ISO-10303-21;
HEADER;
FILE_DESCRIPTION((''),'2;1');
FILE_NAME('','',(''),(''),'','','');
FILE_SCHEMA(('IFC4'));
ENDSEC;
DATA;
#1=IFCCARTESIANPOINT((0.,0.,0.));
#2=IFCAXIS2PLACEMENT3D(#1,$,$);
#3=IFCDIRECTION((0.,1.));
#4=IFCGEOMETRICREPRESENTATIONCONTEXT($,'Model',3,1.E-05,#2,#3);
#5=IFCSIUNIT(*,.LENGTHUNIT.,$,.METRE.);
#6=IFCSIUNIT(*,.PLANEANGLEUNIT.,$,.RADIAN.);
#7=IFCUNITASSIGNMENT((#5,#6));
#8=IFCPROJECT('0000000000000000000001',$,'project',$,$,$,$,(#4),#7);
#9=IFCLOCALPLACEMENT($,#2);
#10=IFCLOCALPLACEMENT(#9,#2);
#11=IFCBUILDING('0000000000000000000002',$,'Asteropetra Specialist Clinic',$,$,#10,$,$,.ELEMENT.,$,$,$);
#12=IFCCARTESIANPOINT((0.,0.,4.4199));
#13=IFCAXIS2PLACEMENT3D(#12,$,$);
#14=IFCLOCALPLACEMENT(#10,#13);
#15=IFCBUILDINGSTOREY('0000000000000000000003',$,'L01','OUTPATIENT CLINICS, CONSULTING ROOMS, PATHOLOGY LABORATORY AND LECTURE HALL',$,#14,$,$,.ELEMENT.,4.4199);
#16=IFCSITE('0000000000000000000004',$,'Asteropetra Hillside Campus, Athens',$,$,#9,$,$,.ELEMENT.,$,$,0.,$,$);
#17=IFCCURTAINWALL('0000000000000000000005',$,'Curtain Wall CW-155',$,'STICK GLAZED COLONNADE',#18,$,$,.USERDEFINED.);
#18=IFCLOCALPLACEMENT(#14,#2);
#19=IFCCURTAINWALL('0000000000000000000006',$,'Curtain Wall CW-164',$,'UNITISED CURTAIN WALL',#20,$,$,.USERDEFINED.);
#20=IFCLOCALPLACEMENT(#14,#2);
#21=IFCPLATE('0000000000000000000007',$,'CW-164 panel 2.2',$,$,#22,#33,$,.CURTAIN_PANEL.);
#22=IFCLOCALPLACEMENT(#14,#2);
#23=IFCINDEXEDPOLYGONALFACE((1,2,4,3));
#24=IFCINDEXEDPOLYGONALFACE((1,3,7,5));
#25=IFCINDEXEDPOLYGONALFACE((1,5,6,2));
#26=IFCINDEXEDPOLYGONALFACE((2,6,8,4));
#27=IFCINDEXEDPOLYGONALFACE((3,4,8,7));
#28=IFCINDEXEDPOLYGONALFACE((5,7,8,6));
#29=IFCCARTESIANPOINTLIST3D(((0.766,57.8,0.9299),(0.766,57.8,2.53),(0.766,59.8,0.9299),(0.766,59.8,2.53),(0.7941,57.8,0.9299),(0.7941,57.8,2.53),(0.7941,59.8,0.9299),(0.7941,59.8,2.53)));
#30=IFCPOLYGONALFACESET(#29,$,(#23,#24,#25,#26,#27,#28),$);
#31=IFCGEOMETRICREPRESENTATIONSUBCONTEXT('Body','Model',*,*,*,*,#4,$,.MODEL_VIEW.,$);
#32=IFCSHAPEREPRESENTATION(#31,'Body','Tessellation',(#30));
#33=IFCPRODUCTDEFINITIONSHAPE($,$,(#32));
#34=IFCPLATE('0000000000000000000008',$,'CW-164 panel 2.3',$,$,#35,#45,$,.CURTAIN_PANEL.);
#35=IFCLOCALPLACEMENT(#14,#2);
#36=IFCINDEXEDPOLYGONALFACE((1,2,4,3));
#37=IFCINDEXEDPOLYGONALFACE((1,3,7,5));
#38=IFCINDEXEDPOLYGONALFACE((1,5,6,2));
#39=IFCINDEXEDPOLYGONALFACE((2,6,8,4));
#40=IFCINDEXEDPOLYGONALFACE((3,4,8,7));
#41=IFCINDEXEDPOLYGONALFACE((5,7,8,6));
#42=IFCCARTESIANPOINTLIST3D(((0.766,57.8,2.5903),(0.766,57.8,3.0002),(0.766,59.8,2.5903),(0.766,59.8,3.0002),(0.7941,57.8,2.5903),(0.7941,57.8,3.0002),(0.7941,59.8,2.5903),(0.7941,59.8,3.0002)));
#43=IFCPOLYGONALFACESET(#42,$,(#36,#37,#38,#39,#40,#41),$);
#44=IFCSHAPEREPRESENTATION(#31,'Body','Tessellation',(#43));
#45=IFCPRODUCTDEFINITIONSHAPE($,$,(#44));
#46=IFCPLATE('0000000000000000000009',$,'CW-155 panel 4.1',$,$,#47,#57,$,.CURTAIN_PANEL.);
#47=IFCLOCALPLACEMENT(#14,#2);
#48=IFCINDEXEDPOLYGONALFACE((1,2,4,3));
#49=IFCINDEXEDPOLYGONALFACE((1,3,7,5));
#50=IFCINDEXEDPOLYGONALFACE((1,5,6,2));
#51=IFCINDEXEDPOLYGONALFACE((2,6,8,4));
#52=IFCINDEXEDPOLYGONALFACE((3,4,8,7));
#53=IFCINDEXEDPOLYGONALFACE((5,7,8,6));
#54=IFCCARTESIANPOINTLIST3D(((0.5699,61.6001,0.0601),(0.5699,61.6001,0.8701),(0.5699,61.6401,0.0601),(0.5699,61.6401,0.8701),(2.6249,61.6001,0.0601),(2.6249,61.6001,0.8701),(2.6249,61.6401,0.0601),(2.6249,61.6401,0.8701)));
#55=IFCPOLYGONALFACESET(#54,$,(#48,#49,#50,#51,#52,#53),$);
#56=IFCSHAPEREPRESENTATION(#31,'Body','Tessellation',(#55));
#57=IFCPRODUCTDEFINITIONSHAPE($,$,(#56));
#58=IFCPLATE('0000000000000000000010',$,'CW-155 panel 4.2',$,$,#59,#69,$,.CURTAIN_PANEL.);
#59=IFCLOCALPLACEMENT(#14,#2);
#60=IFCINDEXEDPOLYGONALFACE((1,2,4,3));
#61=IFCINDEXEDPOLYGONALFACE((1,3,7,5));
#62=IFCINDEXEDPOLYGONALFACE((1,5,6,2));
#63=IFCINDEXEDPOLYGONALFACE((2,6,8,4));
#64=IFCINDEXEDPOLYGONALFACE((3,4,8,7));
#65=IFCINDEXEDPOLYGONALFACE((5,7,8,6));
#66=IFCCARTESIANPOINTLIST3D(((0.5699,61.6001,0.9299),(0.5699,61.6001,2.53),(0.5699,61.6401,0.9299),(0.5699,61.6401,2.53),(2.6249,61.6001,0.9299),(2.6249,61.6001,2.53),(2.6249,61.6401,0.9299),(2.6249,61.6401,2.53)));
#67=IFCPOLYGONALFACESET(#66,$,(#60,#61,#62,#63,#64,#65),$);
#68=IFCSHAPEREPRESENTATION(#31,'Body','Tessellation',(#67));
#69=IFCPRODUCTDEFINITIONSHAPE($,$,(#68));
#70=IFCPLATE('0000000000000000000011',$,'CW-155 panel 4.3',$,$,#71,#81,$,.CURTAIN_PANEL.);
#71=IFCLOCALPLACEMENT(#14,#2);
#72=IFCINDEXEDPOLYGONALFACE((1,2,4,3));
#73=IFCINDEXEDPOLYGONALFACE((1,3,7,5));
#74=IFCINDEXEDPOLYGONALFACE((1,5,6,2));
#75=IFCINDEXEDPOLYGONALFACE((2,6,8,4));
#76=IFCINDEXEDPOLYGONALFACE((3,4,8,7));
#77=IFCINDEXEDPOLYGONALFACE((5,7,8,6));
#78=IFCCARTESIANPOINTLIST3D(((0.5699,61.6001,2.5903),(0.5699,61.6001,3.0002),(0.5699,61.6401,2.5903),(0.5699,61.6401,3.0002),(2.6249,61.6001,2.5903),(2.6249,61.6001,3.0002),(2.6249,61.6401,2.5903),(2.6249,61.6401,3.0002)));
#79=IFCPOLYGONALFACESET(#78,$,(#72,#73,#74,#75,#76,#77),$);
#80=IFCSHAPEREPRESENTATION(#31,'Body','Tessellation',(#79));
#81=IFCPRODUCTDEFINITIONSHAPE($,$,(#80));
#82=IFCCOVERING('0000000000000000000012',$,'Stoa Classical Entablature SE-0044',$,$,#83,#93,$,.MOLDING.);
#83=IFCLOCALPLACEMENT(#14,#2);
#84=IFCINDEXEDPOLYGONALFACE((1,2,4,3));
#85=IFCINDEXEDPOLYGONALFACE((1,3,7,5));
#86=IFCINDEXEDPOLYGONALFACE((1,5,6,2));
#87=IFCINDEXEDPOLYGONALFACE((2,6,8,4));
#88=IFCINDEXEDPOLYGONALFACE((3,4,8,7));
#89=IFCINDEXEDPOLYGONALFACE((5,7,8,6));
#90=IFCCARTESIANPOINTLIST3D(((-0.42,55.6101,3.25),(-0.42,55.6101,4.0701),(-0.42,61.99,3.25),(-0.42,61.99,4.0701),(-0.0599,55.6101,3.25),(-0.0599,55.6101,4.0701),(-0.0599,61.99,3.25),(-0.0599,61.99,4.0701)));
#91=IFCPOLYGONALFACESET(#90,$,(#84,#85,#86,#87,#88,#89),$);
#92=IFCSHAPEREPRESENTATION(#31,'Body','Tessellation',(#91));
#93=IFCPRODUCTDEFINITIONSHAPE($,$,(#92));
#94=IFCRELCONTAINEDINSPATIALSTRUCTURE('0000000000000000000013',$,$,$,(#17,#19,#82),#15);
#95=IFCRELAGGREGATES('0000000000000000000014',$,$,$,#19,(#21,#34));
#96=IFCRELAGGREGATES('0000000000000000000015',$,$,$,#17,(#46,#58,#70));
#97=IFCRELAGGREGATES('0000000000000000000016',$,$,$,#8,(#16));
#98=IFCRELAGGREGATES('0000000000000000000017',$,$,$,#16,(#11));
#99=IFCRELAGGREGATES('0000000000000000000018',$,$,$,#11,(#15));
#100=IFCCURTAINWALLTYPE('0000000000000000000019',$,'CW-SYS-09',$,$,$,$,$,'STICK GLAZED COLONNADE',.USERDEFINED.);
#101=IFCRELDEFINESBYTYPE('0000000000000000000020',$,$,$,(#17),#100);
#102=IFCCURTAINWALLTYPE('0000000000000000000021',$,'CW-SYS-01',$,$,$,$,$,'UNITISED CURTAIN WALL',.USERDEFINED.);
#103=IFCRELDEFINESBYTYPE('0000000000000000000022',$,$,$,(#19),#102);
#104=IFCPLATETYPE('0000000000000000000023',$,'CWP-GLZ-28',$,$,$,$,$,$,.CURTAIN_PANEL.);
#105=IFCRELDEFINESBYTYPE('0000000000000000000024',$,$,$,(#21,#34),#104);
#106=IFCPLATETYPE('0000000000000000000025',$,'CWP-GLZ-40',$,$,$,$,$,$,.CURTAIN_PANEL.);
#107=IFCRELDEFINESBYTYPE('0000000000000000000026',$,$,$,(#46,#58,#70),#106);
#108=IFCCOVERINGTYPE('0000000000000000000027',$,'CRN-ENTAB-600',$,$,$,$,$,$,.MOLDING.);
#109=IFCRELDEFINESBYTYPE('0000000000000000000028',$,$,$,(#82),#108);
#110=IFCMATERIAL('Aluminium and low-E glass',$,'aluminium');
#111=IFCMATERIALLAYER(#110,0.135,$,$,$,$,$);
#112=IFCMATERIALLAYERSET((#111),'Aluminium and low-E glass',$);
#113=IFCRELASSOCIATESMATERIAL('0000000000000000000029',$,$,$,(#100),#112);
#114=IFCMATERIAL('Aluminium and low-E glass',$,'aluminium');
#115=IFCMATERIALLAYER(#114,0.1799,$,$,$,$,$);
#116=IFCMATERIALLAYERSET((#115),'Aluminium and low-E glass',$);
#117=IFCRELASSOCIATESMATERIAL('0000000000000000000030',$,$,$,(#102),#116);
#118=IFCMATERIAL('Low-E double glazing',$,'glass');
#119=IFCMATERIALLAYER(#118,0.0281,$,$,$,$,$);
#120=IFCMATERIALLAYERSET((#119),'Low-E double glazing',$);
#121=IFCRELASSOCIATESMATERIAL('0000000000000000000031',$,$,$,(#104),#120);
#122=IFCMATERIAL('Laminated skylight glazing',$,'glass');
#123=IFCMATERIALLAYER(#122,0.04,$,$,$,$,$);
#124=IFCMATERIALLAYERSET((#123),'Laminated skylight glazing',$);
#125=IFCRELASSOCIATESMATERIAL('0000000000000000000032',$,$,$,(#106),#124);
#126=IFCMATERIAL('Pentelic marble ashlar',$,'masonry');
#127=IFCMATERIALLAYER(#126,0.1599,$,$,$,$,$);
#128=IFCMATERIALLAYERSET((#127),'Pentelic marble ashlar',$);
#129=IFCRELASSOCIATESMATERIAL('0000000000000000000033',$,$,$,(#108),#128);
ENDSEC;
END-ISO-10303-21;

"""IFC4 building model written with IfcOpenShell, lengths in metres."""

from ifc_helpers import new_model, si_unit, direction, frame, origin, origin_2d, place, context, subcontext, project, spatial, rectangle, extrude, material, layer, layer_set, type_object, element, aggregate, save


model = new_model("IFC4")

# Units and contexts
model_context = context("Model", 3, precision=1e-05, world=origin(), true_north=direction((0.0, 1.0)))
body_context = subcontext(model_context, "Body", "Model", "MODEL_VIEW")
ifc_project = project(units=[si_unit("LENGTHUNIT", "METRE"), si_unit("PLANEANGLEUNIT", "RADIAN")], contexts=[model_context])

# Site, building, storey
site_placement = place(None, origin())
site = spatial("IfcSite", under=ifc_project, at=site_placement, Name="Asteropetra Hillside Campus, Athens", CompositionType="ELEMENT", RefElevation=0.0)
building_placement = place(site_placement, origin())
building = spatial("IfcBuilding", under=site, at=building_placement, Name="Asteropetra Specialist Clinic", CompositionType="ELEMENT")
storey_placement = place(building_placement, frame((0.0, 0.0, 4.4199)))
storey = spatial("IfcBuildingStorey", under=building, at=storey_placement, Name="L01", Description="OUTPATIENT CLINICS, CONSULTING ROOMS, PATHOLOGY LABORATORY AND LECTURE HALL", CompositionType="ELEMENT", Elevation=4.4199)

# Curtain wall
ifc_material_1 = material(Name="Aluminium and low-E glass", Category="aluminium")
ifc_layer_1 = layer(ifc_material_1, 0.135)
ifc_layer_set_1 = layer_set([ifc_layer_1], Name="Aluminium and low-E glass")
curtain_wall_type_1 = type_object("IfcCurtainWallType", Name="CW-SYS-09", ElementType="STICK GLAZED COLONNADE", PredefinedType="USERDEFINED", material=ifc_layer_set_1)
curtain_wall_1_placement = place(storey_placement, origin())
curtain_wall_1 = element("IfcCurtainWall", 1, at=curtain_wall_1_placement, inside=storey, type_object=curtain_wall_type_1, Name="Curtain Wall CW-155", ObjectType="STICK GLAZED COLONNADE", PredefinedType="USERDEFINED")

# Curtain wall
ifc_material_2 = material(Name="Aluminium and low-E glass", Category="aluminium")
ifc_layer_2 = layer(ifc_material_2, 0.1799)
ifc_layer_set_2 = layer_set([ifc_layer_2], Name="Aluminium and low-E glass")
curtain_wall_type_2 = type_object("IfcCurtainWallType", Name="CW-SYS-01", ElementType="UNITISED CURTAIN WALL", PredefinedType="USERDEFINED", material=ifc_layer_set_2)
curtain_wall_2_placement = place(storey_placement, origin())
curtain_wall_2 = element("IfcCurtainWall", 2, at=curtain_wall_2_placement, inside=storey, type_object=curtain_wall_type_2, Name="Curtain Wall CW-164", ObjectType="UNITISED CURTAIN WALL", PredefinedType="USERDEFINED")

# Plates
ifc_material_3 = material(Name="Low-E double glazing", Category="glass")
ifc_layer_3 = layer(ifc_material_3, 0.0281)
ifc_layer_set_3 = layer_set([ifc_layer_3], Name="Low-E double glazing")
plate_type_1 = type_object("IfcPlateType", Name="CWP-GLZ-28", PredefinedType="CURTAIN_PANEL", material=ifc_layer_set_3)
plate_1_placement = place(storey_placement, frame((0.78, 58.8, 0.9299), z_axis=(0.0, 0.0, 1.0), x_axis=(0.0, -1.0, 0.0)))
plate_1 = element("IfcPlate", 3, at=plate_1_placement, type_object=plate_type_1, Name="CW-164 panel 2.2", PredefinedType="CURTAIN_PANEL", context=body_context, shape_type="SweptSolid", body=[
    extrude(rectangle(XDim=2.0, YDim=0.0281, at=origin_2d()), origin(), (0.0, 0.0, 1.0), 1.6001),
])
plate_2_placement = place(storey_placement, frame((0.78, 58.8, 2.5903), z_axis=(0.0, 0.0, 1.0), x_axis=(0.0, -1.0, 0.0)))
plate_2 = element("IfcPlate", 4, at=plate_2_placement, type_object=plate_type_1, Name="CW-164 panel 2.3", PredefinedType="CURTAIN_PANEL", context=body_context, shape_type="SweptSolid", body=[
    extrude(rectangle(XDim=2.0, YDim=0.0281, at=origin_2d()), origin(), (0.0, 0.0, 1.0), 0.4099),
])
aggregate(curtain_wall_2, [plate_1, plate_2])
ifc_material_4 = material(Name="Laminated skylight glazing", Category="glass")
ifc_layer_4 = layer(ifc_material_4, 0.04)
ifc_layer_set_4 = layer_set([ifc_layer_4], Name="Laminated skylight glazing")
plate_type_2 = type_object("IfcPlateType", Name="CWP-GLZ-40", PredefinedType="CURTAIN_PANEL", material=ifc_layer_set_4)
plate_3_placement = place(storey_placement, frame((1.5974, 61.6201, 0.0601), z_axis=(0.0, 0.0, 1.0), x_axis=(-1.0, 0.0, 0.0)))
plate_3 = element("IfcPlate", 5, at=plate_3_placement, type_object=plate_type_2, Name="CW-155 panel 4.1", PredefinedType="CURTAIN_PANEL", context=body_context, shape_type="SweptSolid", body=[
    extrude(rectangle(XDim=2.0549, YDim=0.04, at=origin_2d()), origin(), (0.0, 0.0, 1.0), 0.8101),
])
plate_4_placement = place(storey_placement, frame((1.5974, 61.6201, 0.9299), z_axis=(0.0, 0.0, 1.0), x_axis=(-1.0, 0.0, 0.0)))
plate_4 = element("IfcPlate", 6, at=plate_4_placement, type_object=plate_type_2, Name="CW-155 panel 4.2", PredefinedType="CURTAIN_PANEL", context=body_context, shape_type="SweptSolid", body=[
    extrude(rectangle(XDim=2.0549, YDim=0.04, at=origin_2d()), origin(), (0.0, 0.0, 1.0), 1.6001),
])
plate_5_placement = place(storey_placement, frame((1.5974, 61.6201, 2.5903), z_axis=(0.0, 0.0, 1.0), x_axis=(-1.0, 0.0, 0.0)))
plate_5 = element("IfcPlate", 7, at=plate_5_placement, type_object=plate_type_2, Name="CW-155 panel 4.3", PredefinedType="CURTAIN_PANEL", context=body_context, shape_type="SweptSolid", body=[
    extrude(rectangle(XDim=2.0549, YDim=0.04, at=origin_2d()), origin(), (0.0, 0.0, 1.0), 0.4099),
])
aggregate(curtain_wall_1, [plate_3, plate_4, plate_5])

# Covering
ifc_material_5 = material(Name="Pentelic marble ashlar", Category="masonry")
ifc_layer_5 = layer(ifc_material_5, 0.1599)
ifc_layer_set_5 = layer_set([ifc_layer_5], Name="Pentelic marble ashlar")
covering_type = type_object("IfcCoveringType", Name="CRN-ENTAB-600", PredefinedType="MOLDING", material=ifc_layer_set_5)
covering_placement = place(storey_placement, frame((-0.24, 58.8, 3.25), z_axis=(0.0, 0.0, 1.0), x_axis=(1.0, 0.0, 0.0)))
element("IfcCovering", 8, at=covering_placement, inside=storey, type_object=covering_type, Name="Stoa Classical Entablature SE-0044", PredefinedType="MOLDING", context=body_context, shape_type="SweptSolid", body=[
    extrude(rectangle(XDim=0.3601, YDim=6.3799, at=origin_2d()), origin(), (0.0, 0.0, 1.0), 0.8201),
])

save(model, "model.ifc")
